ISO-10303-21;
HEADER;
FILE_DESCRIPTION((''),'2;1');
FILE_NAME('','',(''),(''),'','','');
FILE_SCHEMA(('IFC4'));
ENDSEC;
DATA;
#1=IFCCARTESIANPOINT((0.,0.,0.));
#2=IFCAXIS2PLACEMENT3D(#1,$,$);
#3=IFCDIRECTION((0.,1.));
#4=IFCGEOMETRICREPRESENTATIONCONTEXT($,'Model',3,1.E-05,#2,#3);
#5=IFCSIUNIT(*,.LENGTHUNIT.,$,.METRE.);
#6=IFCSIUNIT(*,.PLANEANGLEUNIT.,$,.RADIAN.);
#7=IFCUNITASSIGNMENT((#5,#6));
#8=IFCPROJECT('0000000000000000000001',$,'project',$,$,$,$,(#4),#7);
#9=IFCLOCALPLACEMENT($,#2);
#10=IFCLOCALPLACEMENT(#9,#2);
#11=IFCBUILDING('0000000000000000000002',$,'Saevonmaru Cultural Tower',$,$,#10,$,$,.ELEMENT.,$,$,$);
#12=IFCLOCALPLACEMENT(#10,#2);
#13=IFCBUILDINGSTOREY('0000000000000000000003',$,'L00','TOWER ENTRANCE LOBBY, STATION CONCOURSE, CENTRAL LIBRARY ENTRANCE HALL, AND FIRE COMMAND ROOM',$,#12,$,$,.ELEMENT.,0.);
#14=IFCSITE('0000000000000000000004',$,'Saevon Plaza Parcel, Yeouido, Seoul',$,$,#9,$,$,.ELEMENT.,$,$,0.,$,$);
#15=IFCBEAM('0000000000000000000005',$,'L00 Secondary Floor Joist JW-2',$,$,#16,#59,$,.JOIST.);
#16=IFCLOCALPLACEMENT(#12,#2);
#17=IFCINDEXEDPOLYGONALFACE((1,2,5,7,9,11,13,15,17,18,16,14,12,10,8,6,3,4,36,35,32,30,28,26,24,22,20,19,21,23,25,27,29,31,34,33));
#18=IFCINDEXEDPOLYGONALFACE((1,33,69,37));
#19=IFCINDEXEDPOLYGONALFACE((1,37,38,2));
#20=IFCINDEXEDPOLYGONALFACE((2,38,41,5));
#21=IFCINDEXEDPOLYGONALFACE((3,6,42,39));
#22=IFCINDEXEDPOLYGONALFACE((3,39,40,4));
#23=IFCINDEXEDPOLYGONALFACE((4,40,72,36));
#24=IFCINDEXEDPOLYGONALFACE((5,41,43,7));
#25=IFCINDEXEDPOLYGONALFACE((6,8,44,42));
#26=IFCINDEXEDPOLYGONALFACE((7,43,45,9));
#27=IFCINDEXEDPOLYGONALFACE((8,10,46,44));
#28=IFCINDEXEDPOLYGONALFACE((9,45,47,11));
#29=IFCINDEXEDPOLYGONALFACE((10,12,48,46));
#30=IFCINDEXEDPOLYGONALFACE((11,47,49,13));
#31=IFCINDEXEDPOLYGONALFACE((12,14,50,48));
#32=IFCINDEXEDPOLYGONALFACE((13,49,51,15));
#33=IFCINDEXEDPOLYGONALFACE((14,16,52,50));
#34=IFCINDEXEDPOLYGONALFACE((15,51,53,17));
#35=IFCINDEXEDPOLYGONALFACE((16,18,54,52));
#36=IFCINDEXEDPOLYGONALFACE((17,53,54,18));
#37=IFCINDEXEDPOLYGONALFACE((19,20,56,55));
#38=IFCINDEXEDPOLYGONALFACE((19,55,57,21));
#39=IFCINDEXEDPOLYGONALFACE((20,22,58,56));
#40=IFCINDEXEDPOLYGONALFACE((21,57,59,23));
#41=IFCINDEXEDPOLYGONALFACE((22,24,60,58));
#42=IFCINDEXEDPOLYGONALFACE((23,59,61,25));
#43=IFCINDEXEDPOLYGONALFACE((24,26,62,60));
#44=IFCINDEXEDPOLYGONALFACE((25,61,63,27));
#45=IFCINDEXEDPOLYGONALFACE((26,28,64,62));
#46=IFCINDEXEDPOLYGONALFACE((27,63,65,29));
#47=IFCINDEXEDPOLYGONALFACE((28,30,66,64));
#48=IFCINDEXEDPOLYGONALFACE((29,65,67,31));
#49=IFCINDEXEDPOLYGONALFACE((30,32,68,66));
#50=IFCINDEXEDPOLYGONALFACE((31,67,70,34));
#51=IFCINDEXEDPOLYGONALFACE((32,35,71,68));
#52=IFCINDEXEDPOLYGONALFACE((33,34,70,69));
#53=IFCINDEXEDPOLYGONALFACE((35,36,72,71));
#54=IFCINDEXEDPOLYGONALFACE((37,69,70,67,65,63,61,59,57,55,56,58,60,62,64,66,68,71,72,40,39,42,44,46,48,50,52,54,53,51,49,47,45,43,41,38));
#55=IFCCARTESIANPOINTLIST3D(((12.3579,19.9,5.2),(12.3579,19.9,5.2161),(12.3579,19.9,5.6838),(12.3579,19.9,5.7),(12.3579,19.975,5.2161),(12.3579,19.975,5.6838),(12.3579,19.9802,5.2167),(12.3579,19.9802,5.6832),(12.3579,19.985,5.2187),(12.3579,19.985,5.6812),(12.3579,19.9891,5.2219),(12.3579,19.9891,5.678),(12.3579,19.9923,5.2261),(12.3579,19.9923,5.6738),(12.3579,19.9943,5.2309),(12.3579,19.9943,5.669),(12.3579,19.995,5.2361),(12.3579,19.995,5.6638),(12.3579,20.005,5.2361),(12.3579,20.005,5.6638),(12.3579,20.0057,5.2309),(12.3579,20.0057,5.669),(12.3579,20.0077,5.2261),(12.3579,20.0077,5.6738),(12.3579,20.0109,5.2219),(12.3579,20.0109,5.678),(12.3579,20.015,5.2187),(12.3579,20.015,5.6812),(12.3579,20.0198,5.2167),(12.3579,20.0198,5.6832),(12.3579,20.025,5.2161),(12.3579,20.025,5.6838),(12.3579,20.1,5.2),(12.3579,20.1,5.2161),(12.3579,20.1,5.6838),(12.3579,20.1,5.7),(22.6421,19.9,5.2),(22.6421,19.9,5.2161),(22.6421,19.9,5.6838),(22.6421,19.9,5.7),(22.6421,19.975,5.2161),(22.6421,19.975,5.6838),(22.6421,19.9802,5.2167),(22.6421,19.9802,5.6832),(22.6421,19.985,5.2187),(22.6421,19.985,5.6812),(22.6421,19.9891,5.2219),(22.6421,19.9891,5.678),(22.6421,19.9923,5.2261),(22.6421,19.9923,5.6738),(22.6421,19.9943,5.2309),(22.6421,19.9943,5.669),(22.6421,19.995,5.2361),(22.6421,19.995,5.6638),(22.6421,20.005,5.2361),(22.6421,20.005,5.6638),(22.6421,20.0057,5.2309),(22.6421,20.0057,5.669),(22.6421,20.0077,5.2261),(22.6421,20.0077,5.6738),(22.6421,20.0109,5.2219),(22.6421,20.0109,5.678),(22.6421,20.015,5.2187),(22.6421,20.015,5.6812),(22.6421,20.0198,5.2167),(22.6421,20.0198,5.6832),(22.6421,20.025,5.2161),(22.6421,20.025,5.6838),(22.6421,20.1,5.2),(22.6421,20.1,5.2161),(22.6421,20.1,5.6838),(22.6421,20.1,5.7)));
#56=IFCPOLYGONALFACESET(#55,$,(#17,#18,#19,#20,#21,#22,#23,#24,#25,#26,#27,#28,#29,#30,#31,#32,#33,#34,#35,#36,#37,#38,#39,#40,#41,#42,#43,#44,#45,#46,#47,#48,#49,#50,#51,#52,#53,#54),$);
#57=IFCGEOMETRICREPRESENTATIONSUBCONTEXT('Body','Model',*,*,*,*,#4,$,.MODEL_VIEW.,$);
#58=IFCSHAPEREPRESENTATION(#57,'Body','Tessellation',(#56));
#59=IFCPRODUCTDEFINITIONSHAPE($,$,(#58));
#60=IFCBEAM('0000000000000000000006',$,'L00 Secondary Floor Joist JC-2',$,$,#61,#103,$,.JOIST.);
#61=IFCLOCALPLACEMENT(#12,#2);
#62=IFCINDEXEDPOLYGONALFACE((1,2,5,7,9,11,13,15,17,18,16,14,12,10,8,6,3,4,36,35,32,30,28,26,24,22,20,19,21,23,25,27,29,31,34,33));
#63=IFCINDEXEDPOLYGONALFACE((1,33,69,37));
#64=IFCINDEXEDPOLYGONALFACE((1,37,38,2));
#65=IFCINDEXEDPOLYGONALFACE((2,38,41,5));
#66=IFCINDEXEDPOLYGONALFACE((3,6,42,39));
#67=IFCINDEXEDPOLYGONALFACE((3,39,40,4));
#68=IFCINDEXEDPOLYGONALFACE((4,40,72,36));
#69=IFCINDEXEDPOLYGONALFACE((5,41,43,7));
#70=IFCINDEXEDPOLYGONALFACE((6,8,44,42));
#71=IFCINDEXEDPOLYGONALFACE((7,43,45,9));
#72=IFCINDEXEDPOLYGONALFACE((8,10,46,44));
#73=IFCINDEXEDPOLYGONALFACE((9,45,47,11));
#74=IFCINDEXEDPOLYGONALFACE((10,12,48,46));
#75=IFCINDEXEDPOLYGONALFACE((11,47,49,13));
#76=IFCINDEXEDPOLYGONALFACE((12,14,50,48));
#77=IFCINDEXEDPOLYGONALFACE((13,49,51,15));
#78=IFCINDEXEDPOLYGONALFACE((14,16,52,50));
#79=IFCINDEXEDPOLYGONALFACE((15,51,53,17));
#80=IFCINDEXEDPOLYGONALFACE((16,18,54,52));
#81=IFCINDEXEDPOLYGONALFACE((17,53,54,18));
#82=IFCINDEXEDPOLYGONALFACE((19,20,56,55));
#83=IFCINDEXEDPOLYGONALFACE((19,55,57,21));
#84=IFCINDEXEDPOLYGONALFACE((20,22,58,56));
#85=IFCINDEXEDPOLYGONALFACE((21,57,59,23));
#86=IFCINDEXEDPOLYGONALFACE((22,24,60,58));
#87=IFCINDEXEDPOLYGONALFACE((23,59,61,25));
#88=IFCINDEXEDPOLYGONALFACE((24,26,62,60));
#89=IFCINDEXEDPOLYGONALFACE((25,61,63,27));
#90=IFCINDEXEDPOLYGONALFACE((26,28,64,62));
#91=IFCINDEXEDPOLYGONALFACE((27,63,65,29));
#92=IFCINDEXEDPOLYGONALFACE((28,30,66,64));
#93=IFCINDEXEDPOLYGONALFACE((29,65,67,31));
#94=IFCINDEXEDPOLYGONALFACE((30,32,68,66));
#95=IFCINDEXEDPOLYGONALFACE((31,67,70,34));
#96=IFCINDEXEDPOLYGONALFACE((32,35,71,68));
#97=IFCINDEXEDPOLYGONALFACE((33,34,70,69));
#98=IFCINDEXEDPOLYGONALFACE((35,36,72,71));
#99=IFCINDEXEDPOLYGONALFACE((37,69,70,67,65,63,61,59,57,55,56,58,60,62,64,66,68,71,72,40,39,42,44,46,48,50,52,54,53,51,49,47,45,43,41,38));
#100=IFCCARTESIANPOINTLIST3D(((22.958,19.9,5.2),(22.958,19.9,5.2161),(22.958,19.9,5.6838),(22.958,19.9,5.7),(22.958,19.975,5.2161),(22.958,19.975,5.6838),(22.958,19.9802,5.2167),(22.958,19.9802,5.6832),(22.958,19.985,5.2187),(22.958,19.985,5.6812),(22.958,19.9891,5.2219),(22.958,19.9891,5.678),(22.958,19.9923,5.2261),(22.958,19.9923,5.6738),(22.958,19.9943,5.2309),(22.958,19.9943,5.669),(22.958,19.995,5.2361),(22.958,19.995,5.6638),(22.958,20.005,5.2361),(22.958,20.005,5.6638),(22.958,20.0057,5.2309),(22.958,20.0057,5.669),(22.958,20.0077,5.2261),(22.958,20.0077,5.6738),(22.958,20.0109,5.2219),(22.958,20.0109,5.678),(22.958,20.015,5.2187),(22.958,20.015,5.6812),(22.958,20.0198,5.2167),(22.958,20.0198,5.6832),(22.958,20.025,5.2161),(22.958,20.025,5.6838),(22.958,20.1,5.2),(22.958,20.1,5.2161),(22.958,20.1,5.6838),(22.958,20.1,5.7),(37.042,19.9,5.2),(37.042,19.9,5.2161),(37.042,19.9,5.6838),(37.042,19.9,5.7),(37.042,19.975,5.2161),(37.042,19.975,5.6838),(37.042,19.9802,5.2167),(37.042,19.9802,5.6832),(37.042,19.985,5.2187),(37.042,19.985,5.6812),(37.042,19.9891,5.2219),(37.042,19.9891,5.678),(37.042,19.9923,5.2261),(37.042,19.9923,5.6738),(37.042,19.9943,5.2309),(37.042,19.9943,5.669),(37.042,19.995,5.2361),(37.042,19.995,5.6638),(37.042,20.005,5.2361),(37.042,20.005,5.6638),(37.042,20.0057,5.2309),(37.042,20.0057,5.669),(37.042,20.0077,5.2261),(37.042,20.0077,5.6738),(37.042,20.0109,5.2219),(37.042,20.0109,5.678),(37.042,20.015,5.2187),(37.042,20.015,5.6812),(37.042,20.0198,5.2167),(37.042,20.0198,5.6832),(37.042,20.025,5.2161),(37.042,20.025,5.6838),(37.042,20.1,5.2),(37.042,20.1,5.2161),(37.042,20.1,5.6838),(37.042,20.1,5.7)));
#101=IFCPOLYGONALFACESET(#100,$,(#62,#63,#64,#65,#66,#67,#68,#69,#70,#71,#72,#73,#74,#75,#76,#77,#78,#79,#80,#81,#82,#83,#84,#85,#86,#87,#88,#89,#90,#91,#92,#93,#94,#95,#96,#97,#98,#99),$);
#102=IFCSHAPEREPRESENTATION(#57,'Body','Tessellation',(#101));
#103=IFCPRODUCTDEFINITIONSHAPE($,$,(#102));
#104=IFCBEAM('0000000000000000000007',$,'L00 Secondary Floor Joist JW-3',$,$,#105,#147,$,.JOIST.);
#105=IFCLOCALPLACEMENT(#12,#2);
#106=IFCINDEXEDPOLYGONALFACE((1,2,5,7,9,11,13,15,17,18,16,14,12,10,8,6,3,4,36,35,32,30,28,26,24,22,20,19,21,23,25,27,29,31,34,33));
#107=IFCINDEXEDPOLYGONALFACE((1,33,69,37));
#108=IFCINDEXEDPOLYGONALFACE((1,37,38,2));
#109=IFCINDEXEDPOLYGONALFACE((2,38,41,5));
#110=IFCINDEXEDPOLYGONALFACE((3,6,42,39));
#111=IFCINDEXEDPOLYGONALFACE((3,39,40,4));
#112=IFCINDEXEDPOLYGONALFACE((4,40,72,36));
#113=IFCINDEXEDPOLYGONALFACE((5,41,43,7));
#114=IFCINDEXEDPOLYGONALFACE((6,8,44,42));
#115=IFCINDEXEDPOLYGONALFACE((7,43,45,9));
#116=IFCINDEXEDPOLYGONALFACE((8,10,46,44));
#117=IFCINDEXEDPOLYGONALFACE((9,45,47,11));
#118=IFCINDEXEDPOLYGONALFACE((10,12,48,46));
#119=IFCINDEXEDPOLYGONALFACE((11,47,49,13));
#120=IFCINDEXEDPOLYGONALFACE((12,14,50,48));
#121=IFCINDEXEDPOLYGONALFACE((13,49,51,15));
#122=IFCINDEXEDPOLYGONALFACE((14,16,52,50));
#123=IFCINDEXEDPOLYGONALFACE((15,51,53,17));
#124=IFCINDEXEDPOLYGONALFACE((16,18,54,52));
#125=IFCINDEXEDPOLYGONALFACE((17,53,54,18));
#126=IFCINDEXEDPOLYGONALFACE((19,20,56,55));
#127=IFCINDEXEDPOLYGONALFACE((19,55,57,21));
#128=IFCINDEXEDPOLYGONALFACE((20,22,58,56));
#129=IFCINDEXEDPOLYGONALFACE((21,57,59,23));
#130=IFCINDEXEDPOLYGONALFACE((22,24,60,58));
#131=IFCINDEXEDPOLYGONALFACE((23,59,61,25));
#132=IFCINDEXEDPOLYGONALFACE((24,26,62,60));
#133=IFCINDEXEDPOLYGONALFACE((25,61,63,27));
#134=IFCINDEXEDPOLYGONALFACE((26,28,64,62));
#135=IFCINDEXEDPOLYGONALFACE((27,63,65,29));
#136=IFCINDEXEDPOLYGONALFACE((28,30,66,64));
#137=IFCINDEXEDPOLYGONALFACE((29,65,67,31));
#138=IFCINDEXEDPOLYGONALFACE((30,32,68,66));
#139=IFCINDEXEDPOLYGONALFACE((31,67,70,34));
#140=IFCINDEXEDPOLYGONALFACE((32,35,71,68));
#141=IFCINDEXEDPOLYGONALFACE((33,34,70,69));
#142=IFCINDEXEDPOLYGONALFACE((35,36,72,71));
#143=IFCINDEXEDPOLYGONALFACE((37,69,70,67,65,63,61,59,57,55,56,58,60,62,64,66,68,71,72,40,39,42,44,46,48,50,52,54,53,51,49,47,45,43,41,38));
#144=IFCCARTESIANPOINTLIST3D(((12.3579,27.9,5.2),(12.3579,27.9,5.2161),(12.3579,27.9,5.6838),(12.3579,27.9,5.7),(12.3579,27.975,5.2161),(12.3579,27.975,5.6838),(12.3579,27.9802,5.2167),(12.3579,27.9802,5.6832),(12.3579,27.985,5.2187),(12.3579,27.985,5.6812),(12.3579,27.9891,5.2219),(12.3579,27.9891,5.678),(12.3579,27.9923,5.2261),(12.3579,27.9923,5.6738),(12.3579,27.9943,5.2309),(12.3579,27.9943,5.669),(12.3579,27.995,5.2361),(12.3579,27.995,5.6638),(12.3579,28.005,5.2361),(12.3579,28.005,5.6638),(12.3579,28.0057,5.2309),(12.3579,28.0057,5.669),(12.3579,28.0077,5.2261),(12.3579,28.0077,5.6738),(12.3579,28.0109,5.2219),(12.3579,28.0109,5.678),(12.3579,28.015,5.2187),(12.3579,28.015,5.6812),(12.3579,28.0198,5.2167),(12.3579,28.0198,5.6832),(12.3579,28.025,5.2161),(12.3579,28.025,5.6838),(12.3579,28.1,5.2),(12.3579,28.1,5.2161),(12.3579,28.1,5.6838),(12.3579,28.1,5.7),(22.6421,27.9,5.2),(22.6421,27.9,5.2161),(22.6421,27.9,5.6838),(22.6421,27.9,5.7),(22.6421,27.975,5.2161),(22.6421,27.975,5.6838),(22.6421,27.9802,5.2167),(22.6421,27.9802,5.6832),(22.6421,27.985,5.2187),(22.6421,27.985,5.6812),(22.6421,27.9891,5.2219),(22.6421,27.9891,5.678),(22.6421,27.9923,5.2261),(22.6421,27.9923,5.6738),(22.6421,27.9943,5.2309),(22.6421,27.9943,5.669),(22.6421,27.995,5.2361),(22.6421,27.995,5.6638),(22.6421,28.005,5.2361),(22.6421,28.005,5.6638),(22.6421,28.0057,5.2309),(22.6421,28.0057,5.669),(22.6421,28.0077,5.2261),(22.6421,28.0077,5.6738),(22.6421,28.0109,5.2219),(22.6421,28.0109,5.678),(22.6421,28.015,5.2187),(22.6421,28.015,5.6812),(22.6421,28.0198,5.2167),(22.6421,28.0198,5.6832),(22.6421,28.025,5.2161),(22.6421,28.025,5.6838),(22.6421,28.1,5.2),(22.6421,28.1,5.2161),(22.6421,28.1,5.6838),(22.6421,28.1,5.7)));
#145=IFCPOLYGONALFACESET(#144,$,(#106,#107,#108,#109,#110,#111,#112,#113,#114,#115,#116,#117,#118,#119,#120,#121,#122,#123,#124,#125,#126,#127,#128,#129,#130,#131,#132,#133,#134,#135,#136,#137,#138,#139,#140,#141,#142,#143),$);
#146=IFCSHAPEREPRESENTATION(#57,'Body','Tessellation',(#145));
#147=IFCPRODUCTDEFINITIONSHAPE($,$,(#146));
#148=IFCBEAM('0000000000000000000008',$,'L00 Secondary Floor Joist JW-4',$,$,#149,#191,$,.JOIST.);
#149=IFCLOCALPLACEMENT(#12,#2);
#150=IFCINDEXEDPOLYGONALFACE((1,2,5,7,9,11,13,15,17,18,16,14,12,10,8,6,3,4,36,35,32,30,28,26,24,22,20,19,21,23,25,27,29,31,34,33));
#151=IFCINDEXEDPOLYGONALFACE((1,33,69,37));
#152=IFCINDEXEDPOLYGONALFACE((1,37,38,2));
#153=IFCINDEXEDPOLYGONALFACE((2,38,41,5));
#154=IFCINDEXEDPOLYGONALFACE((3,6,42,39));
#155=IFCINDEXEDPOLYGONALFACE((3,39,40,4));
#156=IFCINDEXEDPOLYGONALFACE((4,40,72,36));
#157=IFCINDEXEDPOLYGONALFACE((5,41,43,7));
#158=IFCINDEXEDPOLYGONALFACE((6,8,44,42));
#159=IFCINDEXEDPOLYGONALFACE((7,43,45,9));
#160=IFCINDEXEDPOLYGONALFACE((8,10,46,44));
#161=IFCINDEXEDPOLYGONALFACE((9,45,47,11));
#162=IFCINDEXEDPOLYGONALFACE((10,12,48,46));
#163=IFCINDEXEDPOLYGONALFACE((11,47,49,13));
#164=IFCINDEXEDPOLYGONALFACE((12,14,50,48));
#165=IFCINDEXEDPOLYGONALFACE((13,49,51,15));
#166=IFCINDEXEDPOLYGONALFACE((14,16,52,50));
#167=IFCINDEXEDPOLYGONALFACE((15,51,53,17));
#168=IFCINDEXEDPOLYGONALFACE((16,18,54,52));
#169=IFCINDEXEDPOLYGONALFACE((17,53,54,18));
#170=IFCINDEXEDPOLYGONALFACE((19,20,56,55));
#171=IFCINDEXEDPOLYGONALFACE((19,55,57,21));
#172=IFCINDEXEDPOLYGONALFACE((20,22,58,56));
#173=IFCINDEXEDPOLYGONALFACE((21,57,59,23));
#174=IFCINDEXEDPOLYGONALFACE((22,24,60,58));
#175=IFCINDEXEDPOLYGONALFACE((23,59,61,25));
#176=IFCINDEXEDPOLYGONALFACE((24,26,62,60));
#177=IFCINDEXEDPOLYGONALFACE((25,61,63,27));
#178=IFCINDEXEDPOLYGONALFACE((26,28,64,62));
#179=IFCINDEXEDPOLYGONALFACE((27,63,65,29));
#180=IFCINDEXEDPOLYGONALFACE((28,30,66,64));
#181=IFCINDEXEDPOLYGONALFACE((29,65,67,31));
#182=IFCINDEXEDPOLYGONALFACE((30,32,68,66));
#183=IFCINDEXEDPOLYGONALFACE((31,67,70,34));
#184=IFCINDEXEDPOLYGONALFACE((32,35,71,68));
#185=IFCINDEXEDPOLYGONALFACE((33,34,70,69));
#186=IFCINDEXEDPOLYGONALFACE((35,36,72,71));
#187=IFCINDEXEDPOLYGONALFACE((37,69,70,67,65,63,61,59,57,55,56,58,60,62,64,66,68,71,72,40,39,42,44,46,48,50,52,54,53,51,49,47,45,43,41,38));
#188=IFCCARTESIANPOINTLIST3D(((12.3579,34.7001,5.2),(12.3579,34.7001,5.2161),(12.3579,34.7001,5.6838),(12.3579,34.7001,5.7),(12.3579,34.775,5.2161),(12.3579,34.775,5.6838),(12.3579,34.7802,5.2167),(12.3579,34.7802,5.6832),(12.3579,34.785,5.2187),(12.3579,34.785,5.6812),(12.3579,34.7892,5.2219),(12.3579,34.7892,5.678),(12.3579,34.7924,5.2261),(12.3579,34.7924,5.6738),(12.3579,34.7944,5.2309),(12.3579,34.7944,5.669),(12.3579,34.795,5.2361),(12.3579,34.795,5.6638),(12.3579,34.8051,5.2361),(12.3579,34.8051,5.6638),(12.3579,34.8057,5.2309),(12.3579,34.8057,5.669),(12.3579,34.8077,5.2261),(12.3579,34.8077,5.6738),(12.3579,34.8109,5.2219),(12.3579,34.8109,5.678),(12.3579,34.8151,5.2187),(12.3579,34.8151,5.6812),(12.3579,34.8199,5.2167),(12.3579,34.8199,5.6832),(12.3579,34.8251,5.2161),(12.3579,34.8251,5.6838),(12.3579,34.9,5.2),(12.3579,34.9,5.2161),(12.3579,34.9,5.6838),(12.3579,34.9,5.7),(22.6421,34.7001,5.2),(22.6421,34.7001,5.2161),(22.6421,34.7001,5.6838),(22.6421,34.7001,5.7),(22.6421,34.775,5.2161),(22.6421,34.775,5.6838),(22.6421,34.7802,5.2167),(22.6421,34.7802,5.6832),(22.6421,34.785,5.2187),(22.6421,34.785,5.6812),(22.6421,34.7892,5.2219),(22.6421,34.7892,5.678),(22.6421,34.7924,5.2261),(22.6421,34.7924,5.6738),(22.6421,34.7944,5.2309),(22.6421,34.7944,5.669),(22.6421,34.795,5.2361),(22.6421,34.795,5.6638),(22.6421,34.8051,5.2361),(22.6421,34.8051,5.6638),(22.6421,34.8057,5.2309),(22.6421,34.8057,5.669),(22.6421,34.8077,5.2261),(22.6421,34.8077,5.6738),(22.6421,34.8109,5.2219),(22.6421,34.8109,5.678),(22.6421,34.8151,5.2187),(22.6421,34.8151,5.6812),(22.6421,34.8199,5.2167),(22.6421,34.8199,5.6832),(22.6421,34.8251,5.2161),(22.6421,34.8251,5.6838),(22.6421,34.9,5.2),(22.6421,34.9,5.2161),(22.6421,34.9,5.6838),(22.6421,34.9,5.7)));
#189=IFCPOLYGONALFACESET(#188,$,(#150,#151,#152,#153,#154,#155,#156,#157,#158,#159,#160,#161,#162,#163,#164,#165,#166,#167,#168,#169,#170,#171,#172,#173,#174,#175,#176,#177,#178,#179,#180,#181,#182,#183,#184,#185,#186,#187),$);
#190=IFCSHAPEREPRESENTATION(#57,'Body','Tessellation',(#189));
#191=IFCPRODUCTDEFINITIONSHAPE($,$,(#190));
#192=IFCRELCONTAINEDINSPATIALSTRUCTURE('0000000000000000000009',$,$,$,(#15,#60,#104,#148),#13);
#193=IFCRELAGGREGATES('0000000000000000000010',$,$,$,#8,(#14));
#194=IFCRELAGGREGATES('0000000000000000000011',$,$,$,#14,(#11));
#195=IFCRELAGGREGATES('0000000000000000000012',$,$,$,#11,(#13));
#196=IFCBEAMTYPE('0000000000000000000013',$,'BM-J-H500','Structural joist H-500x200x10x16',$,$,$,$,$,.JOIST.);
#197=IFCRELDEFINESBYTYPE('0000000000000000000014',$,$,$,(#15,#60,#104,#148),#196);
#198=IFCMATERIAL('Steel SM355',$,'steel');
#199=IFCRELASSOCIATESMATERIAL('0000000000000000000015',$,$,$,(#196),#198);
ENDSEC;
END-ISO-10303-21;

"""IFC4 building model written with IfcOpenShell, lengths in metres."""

from ifc_helpers import new_model, si_unit, direction, frame, origin, origin_2d, place, context, subcontext, project, spatial, i_section, extrude, material, material_profile, profile_set, type_object, element, save


model = new_model("IFC4")

# Units and contexts
model_context = context("Model", 3, precision=1e-05, world=origin(), true_north=direction((0.0, 1.0)))
body_context = subcontext(model_context, "Body", "Model", "MODEL_VIEW")
ifc_project = project(units=[si_unit("LENGTHUNIT", "METRE"), si_unit("PLANEANGLEUNIT", "RADIAN")], contexts=[model_context])

# Site, building, storey
site_placement = place(None, origin())
site = spatial("IfcSite", under=ifc_project, at=site_placement, Name="Saevon Plaza Parcel, Yeouido, Seoul", CompositionType="ELEMENT", RefElevation=0.0)
building_placement = place(site_placement, origin())
building = spatial("IfcBuilding", under=site, at=building_placement, Name="Saevonmaru Cultural Tower", CompositionType="ELEMENT")
storey_placement = place(building_placement, origin())
storey = spatial("IfcBuildingStorey", under=building, at=storey_placement, Name="L00", Description="TOWER ENTRANCE LOBBY, STATION CONCOURSE, CENTRAL LIBRARY ENTRANCE HALL, AND FIRE COMMAND ROOM", CompositionType="ELEMENT", Elevation=0.0)

# Beams
ifc_material_1 = material(Name="Steel SM355", Category="steel")
ifc_material_profile_1 = material_profile(ifc_material_1, i_section(OverallWidth=0.2, OverallDepth=0.5, WebThickness=0.01, FlangeThickness=0.0161, FilletRadius=0.02, at=origin_2d()), Name="H-500x200x10x16")
ifc_profile_set_1 = profile_set([ifc_material_profile_1], Name="Steel SM355")
beam_type_1 = type_object("IfcBeamType", Name="BM-J-H500", Description="Structural joist H-500x200x10x16", PredefinedType="JOIST", material=ifc_profile_set_1)
beam_1_placement = place(storey_placement, frame((12.3579, 20.0, 5.45), z_axis=(1.0, 0.0, 0.0), x_axis=(0.0, 1.0, 0.0)))
element("IfcBeam", 1, at=beam_1_placement, inside=storey, type_object=beam_type_1, Name="L00 Secondary Floor Joist JW-2", PredefinedType="JOIST", context=body_context, shape_type="SweptSolid", body=[
    extrude(i_section(OverallWidth=0.2, OverallDepth=0.5, WebThickness=0.01, FlangeThickness=0.0161, FilletRadius=0.02, at=origin_2d()), origin(), (0.0, 0.0, 1.0), 10.2842),
])
beam_2_placement = place(storey_placement, frame((22.958, 20.0, 5.45), z_axis=(1.0, 0.0, 0.0), x_axis=(0.0, 1.0, 0.0)))
element("IfcBeam", 2, at=beam_2_placement, inside=storey, type_object=beam_type_1, Name="L00 Secondary Floor Joist JC-2", PredefinedType="JOIST", context=body_context, shape_type="SweptSolid", body=[
    extrude(i_section(OverallWidth=0.2, OverallDepth=0.5, WebThickness=0.01, FlangeThickness=0.0161, FilletRadius=0.02, at=origin_2d()), origin(), (0.0, 0.0, 1.0), 14.084),
])
for number, where, z_axis, x_axis, name in (
    (3, (12.3579, 28.0, 5.45), (1.0, 0.0, 0.0), (0.0, 1.0, 0.0), "L00 Secondary Floor Joist JW-3"),
    (4, (12.3579, 34.8, 5.45), (1.0, 0.0, 0.0), (0.0, 1.0, 0.0), "L00 Secondary Floor Joist JW-4"),
):
    element("IfcBeam", number, at=place(storey_placement, frame(where, z_axis=z_axis, x_axis=x_axis)), inside=storey, type_object=beam_type_1, Name=name, PredefinedType="JOIST", context=body_context, shape_type="SweptSolid", body=[
        extrude(i_section(OverallWidth=0.2, OverallDepth=0.5, WebThickness=0.01, FlangeThickness=0.0161, FilletRadius=0.02, at=origin_2d()), origin(), (0.0, 0.0, 1.0), 10.2842),
    ])

save(model, "model.ifc")
